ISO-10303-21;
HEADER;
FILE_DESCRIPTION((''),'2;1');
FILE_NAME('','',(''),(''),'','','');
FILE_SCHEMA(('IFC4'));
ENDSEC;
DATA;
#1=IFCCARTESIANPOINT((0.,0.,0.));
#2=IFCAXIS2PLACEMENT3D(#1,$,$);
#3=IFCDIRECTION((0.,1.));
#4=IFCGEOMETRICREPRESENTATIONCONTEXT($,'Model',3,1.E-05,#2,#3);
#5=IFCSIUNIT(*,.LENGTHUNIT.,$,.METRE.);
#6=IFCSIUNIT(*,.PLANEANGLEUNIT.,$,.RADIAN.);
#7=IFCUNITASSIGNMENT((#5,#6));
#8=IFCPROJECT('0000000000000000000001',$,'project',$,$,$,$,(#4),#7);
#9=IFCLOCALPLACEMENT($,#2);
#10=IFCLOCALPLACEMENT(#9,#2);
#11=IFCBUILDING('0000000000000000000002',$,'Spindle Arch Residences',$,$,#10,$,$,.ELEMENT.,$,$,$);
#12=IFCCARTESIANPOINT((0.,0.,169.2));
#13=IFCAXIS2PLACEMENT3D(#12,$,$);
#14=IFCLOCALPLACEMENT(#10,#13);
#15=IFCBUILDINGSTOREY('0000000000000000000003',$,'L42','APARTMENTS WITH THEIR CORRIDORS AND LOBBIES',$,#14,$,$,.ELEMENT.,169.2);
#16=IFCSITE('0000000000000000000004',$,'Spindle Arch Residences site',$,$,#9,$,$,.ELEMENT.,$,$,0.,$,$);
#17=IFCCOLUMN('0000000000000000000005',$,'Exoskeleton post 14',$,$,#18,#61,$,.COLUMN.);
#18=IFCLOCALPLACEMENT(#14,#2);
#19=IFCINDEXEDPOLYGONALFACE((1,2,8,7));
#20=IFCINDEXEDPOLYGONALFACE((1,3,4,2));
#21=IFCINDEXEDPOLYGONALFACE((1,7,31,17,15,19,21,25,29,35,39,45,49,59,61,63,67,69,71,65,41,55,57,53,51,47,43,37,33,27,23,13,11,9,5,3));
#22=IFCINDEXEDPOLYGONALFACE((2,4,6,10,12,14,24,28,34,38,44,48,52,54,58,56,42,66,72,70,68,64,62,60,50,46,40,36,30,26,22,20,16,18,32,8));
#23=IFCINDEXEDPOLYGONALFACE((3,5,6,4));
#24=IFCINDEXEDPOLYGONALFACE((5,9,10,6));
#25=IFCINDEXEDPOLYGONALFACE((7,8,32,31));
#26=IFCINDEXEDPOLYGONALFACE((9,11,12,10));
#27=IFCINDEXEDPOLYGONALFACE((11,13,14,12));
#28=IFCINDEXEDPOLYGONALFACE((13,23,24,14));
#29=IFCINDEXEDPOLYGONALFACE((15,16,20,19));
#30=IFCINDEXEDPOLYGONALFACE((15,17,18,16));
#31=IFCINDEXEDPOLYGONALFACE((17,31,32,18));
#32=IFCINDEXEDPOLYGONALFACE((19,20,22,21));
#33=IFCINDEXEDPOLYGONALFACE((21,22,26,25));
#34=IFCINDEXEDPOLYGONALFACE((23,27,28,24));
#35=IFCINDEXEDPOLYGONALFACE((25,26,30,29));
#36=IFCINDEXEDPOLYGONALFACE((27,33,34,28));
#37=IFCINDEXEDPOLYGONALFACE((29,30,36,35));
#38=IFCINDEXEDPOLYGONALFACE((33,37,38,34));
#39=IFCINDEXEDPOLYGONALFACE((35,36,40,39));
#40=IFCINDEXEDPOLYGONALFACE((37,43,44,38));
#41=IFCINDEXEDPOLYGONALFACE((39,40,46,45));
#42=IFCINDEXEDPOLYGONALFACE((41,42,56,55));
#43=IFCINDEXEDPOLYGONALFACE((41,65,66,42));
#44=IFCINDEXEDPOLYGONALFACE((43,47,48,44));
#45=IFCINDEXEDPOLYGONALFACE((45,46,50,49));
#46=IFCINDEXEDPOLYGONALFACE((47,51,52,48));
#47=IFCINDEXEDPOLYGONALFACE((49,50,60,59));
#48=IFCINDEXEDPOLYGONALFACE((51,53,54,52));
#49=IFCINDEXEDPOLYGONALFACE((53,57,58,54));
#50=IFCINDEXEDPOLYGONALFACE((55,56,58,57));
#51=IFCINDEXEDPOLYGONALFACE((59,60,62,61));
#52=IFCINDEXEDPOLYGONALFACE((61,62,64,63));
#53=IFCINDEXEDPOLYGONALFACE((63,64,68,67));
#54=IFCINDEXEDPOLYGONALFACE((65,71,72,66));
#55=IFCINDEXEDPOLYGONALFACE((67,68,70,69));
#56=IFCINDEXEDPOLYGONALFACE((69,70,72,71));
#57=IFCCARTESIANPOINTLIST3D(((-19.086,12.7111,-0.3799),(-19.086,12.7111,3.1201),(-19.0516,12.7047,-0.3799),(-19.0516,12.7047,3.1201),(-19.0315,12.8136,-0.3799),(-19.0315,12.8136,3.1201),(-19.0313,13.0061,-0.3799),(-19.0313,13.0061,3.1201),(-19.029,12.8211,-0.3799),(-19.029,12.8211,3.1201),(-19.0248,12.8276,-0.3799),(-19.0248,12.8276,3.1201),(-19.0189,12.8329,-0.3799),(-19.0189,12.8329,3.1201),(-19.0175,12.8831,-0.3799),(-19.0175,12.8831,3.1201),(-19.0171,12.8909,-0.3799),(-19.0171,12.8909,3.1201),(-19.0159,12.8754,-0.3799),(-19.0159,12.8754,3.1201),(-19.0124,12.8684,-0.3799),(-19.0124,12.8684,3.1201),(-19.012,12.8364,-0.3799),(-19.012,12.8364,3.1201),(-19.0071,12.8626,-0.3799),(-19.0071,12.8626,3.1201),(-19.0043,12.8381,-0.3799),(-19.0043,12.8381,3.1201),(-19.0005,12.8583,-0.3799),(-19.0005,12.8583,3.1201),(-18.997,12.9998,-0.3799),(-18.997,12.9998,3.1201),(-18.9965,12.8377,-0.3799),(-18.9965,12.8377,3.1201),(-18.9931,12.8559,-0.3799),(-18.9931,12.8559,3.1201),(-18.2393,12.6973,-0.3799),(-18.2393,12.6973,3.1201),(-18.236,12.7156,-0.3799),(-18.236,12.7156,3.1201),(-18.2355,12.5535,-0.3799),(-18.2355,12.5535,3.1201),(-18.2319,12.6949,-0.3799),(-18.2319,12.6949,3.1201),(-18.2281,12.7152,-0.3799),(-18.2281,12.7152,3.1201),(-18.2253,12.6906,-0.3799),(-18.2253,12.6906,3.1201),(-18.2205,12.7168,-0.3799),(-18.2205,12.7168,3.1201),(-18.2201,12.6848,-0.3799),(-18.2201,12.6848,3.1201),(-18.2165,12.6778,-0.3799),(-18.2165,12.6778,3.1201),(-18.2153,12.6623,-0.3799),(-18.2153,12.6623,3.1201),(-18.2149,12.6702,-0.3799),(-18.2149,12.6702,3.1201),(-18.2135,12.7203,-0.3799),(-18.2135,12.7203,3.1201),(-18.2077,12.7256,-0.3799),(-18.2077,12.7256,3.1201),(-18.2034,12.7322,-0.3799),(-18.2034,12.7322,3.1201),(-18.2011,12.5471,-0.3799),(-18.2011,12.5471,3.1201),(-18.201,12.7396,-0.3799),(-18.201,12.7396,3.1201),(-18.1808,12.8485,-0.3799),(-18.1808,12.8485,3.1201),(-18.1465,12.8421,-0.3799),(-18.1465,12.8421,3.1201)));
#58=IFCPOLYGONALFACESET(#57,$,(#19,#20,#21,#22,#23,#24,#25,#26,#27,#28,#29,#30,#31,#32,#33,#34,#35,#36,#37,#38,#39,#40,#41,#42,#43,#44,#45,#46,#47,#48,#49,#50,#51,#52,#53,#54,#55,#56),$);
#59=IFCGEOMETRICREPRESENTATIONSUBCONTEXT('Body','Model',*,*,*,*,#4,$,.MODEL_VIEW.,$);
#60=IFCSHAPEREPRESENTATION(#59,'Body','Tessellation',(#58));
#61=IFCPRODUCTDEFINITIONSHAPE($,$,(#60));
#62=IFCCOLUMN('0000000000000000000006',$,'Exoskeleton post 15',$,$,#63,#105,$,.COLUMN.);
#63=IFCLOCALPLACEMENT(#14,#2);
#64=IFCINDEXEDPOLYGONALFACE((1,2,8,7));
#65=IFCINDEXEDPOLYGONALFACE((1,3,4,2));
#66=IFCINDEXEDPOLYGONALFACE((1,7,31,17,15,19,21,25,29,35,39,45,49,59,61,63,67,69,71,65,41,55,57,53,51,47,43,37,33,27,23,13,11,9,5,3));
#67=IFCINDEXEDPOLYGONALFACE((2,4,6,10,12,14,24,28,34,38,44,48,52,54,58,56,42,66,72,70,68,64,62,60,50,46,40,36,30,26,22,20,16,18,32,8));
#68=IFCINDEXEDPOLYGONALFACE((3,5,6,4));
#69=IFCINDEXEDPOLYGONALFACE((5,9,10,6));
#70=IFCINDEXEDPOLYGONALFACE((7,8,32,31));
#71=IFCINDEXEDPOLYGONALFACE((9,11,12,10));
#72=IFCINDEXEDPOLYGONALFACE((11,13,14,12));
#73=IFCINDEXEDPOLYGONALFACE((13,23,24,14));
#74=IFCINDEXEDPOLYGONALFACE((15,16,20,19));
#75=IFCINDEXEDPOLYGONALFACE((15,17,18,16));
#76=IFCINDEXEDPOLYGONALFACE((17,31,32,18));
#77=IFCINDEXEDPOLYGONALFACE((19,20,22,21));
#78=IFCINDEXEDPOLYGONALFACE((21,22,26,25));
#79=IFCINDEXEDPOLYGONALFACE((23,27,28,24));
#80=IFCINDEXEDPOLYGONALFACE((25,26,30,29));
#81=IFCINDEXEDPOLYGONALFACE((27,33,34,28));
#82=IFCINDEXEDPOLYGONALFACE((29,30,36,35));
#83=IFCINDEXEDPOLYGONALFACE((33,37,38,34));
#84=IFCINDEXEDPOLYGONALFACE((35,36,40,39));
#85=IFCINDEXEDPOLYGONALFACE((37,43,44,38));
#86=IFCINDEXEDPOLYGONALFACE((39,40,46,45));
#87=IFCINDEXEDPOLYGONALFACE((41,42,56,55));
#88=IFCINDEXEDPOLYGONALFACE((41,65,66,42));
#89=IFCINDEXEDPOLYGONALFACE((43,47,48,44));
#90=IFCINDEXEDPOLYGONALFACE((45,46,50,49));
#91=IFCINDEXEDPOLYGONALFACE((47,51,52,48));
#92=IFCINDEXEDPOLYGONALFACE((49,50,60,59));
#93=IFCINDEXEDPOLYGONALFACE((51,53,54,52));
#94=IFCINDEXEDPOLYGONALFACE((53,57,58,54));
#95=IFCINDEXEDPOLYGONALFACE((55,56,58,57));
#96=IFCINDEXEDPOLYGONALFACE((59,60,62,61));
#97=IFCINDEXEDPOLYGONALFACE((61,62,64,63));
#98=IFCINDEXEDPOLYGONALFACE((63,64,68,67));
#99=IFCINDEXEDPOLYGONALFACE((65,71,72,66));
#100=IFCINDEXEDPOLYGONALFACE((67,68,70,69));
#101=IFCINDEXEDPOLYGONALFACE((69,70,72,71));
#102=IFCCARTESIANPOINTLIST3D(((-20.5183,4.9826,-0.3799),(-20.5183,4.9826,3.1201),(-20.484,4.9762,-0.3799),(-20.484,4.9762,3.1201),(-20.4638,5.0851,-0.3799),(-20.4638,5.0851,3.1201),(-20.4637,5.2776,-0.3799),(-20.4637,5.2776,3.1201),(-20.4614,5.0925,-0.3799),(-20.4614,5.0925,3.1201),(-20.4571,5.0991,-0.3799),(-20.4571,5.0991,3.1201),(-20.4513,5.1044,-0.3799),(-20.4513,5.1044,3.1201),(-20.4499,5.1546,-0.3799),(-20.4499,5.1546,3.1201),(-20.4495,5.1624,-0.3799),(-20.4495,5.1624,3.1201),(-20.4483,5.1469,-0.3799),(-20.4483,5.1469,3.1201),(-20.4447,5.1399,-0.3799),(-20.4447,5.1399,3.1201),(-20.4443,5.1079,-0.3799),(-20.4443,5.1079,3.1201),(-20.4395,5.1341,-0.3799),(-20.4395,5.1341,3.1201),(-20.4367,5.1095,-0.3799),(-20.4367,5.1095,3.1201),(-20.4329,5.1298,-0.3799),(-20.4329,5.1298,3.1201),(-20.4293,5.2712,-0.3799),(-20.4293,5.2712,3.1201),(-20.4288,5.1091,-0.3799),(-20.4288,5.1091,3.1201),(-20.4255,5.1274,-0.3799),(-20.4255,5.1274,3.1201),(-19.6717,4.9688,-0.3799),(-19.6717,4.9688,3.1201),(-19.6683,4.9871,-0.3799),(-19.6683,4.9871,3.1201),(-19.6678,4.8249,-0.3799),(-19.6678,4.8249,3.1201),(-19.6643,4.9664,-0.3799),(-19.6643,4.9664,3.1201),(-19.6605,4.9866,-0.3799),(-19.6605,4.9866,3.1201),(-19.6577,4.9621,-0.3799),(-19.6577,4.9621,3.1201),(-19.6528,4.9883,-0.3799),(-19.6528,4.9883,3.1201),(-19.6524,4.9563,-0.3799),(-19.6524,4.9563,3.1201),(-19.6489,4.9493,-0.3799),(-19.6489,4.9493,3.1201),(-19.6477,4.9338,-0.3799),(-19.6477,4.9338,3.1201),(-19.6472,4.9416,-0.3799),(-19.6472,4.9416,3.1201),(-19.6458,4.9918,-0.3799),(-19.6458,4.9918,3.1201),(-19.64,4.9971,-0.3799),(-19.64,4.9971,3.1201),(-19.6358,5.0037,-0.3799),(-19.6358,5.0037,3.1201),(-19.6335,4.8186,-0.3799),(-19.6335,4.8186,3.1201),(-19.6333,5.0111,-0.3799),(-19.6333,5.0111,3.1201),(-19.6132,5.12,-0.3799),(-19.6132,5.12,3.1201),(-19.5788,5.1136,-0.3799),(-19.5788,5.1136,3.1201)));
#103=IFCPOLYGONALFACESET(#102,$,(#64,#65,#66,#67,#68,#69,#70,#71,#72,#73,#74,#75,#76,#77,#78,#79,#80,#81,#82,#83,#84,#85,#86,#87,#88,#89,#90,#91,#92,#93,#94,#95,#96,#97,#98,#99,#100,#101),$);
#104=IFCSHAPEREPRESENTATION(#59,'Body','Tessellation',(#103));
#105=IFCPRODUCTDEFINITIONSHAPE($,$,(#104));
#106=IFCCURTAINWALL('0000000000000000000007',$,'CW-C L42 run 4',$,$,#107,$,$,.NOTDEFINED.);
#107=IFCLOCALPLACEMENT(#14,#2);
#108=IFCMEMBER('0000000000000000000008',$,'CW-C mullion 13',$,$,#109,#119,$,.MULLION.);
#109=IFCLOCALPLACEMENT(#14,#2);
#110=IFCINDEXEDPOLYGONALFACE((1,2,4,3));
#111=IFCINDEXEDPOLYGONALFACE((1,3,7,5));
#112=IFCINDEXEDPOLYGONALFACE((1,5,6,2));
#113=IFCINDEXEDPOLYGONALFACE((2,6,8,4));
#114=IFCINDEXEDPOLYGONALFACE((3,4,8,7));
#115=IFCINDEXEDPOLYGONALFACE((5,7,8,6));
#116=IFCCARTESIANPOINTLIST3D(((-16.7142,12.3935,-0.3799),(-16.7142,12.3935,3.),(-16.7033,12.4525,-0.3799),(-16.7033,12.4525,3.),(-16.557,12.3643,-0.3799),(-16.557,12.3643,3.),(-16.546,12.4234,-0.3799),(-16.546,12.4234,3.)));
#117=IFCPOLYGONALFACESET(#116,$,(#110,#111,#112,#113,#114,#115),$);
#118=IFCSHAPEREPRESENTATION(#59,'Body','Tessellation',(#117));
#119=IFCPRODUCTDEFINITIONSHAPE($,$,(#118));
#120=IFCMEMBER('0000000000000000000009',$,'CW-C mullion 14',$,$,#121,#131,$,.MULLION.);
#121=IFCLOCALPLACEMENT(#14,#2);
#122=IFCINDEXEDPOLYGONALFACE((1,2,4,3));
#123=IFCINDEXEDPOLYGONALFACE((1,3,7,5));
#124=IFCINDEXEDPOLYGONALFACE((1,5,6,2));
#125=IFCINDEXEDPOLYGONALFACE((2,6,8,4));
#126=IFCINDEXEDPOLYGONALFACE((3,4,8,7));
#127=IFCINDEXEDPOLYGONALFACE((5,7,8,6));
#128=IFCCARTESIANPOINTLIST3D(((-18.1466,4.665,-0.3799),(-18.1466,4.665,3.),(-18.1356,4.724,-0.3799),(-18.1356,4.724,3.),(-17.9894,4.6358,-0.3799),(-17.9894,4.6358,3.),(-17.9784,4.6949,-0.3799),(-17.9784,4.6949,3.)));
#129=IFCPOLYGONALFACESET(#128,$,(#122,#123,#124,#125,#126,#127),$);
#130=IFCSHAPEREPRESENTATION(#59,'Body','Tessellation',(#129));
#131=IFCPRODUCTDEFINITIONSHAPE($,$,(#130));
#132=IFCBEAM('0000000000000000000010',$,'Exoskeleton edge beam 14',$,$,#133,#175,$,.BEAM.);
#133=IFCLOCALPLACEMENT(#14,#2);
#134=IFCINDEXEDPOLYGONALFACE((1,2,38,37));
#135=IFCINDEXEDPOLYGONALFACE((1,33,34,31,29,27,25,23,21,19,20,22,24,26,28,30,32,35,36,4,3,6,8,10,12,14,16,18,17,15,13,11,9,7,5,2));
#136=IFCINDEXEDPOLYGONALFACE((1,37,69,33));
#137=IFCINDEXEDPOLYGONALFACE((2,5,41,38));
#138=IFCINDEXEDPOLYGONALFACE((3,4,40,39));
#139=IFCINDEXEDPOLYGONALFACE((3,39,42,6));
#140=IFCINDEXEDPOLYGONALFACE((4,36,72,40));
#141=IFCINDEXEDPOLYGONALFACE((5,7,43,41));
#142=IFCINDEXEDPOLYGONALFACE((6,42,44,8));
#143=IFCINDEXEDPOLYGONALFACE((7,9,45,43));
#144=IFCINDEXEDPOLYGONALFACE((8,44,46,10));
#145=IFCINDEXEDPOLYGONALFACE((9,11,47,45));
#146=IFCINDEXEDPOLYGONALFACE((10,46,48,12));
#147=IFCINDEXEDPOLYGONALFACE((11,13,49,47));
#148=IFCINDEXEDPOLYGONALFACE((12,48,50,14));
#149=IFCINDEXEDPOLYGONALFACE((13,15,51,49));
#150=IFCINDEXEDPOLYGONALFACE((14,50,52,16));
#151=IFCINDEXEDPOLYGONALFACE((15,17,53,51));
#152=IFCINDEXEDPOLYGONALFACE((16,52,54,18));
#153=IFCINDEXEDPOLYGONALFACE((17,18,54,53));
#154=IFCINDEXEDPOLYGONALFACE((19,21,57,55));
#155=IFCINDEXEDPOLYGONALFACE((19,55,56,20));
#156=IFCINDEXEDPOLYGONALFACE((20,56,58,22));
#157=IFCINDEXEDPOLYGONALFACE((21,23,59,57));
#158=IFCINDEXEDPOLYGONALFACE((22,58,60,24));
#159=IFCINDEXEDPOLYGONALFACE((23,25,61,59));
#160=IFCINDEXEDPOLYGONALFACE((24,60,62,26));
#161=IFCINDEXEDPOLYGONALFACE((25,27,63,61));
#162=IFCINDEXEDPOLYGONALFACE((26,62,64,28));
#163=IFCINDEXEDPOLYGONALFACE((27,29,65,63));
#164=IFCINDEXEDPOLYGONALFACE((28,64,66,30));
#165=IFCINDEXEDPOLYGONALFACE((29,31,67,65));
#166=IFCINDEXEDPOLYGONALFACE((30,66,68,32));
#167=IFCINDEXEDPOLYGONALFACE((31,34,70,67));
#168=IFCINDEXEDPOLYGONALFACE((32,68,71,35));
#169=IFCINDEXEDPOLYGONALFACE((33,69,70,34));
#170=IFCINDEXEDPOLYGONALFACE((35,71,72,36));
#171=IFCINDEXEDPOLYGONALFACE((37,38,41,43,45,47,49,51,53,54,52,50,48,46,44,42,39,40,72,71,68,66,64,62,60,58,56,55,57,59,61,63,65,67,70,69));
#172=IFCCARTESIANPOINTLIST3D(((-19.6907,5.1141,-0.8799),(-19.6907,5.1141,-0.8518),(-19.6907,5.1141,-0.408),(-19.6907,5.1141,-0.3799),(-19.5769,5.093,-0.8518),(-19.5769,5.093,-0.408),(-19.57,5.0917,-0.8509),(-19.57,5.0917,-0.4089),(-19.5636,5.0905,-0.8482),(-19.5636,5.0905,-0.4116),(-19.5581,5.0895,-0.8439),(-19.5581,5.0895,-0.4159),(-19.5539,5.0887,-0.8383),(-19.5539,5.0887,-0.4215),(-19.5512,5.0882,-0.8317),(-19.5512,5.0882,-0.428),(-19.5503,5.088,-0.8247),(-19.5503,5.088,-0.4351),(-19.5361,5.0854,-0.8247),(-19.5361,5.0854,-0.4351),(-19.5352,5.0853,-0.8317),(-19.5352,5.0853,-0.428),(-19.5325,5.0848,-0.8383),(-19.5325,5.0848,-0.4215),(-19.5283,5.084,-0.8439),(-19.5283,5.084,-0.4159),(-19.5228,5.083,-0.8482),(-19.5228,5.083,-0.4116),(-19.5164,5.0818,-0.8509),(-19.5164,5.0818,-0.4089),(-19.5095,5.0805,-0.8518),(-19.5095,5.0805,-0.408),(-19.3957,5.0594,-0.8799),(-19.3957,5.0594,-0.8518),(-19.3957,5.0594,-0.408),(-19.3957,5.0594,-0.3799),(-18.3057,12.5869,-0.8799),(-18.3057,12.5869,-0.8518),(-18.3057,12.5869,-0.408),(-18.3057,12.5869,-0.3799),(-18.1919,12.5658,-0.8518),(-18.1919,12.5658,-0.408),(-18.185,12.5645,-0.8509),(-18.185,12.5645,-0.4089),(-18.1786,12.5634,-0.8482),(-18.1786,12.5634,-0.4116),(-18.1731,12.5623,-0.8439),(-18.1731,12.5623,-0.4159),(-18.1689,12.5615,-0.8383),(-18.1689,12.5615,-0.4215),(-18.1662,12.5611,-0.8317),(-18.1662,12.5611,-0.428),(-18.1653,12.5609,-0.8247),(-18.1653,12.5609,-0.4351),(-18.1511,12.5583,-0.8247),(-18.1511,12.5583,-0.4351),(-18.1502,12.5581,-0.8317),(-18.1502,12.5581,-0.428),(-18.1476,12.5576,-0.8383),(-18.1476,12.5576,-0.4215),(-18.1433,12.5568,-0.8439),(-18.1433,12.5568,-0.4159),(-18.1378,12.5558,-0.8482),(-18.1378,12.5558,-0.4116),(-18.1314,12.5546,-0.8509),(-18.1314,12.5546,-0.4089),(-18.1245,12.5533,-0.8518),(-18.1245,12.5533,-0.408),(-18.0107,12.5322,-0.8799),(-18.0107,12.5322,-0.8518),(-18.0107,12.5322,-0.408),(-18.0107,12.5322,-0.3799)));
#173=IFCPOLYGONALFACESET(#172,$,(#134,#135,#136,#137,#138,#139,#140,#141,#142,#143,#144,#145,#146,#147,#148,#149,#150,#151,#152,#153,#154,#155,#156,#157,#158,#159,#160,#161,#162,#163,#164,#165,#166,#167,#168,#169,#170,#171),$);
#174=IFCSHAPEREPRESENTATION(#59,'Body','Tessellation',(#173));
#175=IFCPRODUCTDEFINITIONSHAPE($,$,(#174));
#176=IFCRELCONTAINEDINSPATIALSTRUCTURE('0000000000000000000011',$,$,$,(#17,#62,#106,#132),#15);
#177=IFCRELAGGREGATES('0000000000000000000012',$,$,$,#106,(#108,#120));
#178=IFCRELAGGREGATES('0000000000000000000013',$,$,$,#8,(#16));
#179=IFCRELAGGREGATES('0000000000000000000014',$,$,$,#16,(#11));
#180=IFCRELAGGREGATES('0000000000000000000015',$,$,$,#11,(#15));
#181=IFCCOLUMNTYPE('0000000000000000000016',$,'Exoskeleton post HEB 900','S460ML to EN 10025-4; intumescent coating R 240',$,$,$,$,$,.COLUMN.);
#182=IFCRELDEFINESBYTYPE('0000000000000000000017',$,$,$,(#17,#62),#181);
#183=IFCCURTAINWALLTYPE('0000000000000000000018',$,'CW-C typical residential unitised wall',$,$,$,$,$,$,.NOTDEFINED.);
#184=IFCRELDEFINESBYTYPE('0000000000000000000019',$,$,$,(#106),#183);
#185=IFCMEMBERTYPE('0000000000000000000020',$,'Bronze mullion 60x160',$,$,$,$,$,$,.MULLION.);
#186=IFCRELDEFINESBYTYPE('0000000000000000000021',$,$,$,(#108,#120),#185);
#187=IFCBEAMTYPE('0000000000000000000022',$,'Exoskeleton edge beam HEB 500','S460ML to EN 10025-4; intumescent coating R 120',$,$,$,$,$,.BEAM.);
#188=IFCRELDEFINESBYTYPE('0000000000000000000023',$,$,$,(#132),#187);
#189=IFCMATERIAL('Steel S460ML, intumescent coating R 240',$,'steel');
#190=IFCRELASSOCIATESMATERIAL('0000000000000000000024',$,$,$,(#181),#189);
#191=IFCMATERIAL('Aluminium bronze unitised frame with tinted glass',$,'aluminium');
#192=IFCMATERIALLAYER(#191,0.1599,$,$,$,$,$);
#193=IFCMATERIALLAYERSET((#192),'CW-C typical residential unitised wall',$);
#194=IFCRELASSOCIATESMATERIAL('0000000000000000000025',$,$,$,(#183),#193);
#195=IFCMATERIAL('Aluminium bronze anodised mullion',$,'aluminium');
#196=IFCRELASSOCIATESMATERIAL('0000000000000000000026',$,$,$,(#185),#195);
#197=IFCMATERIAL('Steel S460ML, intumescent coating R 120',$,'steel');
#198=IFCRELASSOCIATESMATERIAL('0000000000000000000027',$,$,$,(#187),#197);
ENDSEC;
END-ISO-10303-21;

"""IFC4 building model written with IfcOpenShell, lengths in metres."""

from ifc_helpers import new_model, si_unit, direction, frame, origin, origin_2d, place, context, subcontext, project, spatial, rectangle, i_section, extrude, material, layer, layer_set, material_profile, profile_set, type_object, element, aggregate, save


model = new_model("IFC4")

# Units and contexts
model_context = context("Model", 3, precision=1e-05, world=origin(), true_north=direction((0.0, 1.0)))
body_context = subcontext(model_context, "Body", "Model", "MODEL_VIEW")
ifc_project = project(units=[si_unit("LENGTHUNIT", "METRE"), si_unit("PLANEANGLEUNIT", "RADIAN")], contexts=[model_context])

# Site, building, storey
site_placement = place(None, origin())
site = spatial("IfcSite", under=ifc_project, at=site_placement, Name="Spindle Arch Residences site", CompositionType="ELEMENT", RefElevation=0.0)
building_placement = place(site_placement, origin())
building = spatial("IfcBuilding", under=site, at=building_placement, Name="Spindle Arch Residences", CompositionType="ELEMENT")
storey_placement = place(building_placement, frame((0.0, 0.0, 169.2)))
storey = spatial("IfcBuildingStorey", under=building, at=storey_placement, Name="L42", Description="APARTMENTS WITH THEIR CORRIDORS AND LOBBIES", CompositionType="ELEMENT", Elevation=169.2)

# Columns
ifc_material_1 = material(Name="Steel S460ML, intumescent coating R 240", Category="steel")
ifc_material_profile_1 = material_profile(ifc_material_1, i_section(OverallWidth=0.3, OverallDepth=0.8999, WebThickness=0.0186, FlangeThickness=0.0349, FilletRadius=0.03, at=origin_2d()), Name="HEB 900")
ifc_profile_set_1 = profile_set([ifc_material_profile_1], Name="Steel S460ML, intumescent coating R 240")
column_type = type_object("IfcColumnType", Name="Exoskeleton post HEB 900", Description="S460ML to EN 10025-4; intumescent coating R 240", PredefinedType="COLUMN", material=ifc_profile_set_1)
for number, where, z_axis, x_axis, name in (
    (1, (-18.6162, 12.7766, -0.3799), (0.0, 0.0, 1.0), (0.182236, 0.983255, 0.0), "Exoskeleton post 14"),
    (2, (-20.0486, 5.0481, -0.3799), (0.0, 0.0, 1.0), (0.182236, 0.983255, 0.0), "Exoskeleton post 15"),
):
    element("IfcColumn", number, at=place(storey_placement, frame(where, z_axis=z_axis, x_axis=x_axis)), inside=storey, type_object=column_type, Name=name, PredefinedType="COLUMN", context=body_context, shape_type="SweptSolid", body=[
        extrude(i_section(OverallWidth=0.3, OverallDepth=0.8999, WebThickness=0.0186, FlangeThickness=0.0349, FilletRadius=0.03, at=origin_2d()), origin(), (0.0, 0.0, 1.0), 3.5),
    ])

# Curtain wall, members
ifc_material_2 = material(Name="Aluminium bronze unitised frame with tinted glass", Category="aluminium")
ifc_layer_1 = layer(ifc_material_2, 0.1599)
ifc_layer_set_1 = layer_set([ifc_layer_1], Name="CW-C typical residential unitised wall")
curtain_wall_type = type_object("IfcCurtainWallType", Name="CW-C typical residential unitised wall", PredefinedType="NOTDEFINED", material=ifc_layer_set_1)
curtain_wall_placement = place(storey_placement, origin())
curtain_wall = element("IfcCurtainWall", 3, at=curtain_wall_placement, inside=storey, type_object=curtain_wall_type, Name="CW-C L42 run 4", PredefinedType="NOTDEFINED")
ifc_material_3 = material(Name="Aluminium bronze anodised mullion", Category="aluminium")
ifc_material_profile_2 = material_profile(ifc_material_3, rectangle(XDim=0.1599, YDim=0.0601, at=origin_2d()), Name="MU 60x160")
ifc_profile_set_2 = profile_set([ifc_material_profile_2], Name="Aluminium bronze anodised mullion")
member_type = type_object("IfcMemberType", Name="Bronze mullion 60x160", PredefinedType="MULLION", material=ifc_profile_set_2)
member_1_placement = place(storey_placement, frame((-16.6301, 12.4084, -0.3799), z_axis=(0.0, 0.0, 1.0), x_axis=(0.983255, -0.182236, 0.0)))
member_1 = element("IfcMember", 4, at=member_1_placement, type_object=member_type, Name="CW-C mullion 13", PredefinedType="MULLION", context=body_context, shape_type="SweptSolid", body=[
    extrude(rectangle(XDim=0.1599, YDim=0.0601, at=origin_2d()), origin(), (0.0, 0.0, 1.0), 3.3799),
])
member_2_placement = place(storey_placement, frame((-18.0625, 4.6799, -0.3799), z_axis=(0.0, 0.0, 1.0), x_axis=(0.983255, -0.182236, 0.0)))
member_2 = element("IfcMember", 5, at=member_2_placement, type_object=member_type, Name="CW-C mullion 14", PredefinedType="MULLION", context=body_context, shape_type="SweptSolid", body=[
    extrude(rectangle(XDim=0.1599, YDim=0.0601, at=origin_2d()), origin(), (0.0, 0.0, 1.0), 3.3799),
])

# Beam
ifc_material_4 = material(Name="Steel S460ML, intumescent coating R 120", Category="steel")
ifc_material_profile_3 = material_profile(ifc_material_4, i_section(OverallWidth=0.3, OverallDepth=0.5, WebThickness=0.0144, FlangeThickness=0.0281, FilletRadius=0.0271, at=origin_2d()), Name="HEB 500")
ifc_profile_set_3 = profile_set([ifc_material_profile_3], Name="Steel S460ML, intumescent coating R 120")
beam_type_1 = type_object("IfcBeamType", Name="Exoskeleton edge beam HEB 500", Description="S460ML to EN 10025-4; intumescent coating R 120", PredefinedType="BEAM", material=ifc_profile_set_3)
for number, where, z_axis, x_axis, name in (
    (6, (-18.1582, 12.5596, -0.6299), (-0.182234, -0.983255, 0.0), (0.983255, -0.182234, 0.0), "Exoskeleton edge beam 14"),
):
    element("IfcBeam", number, at=place(storey_placement, frame(where, z_axis=z_axis, x_axis=x_axis)), inside=storey, type_object=beam_type_1, Name=name, PredefinedType="BEAM", context=body_context, shape_type="SweptSolid", body=[
        extrude(i_section(OverallWidth=0.3, OverallDepth=0.5, WebThickness=0.0144, FlangeThickness=0.0281, FilletRadius=0.0271, at=origin_2d()), origin(), (0.0, 0.0, 1.0), 7.6001),
    ])

aggregate(curtain_wall, [member_1, member_2])

save(model, "model.ifc")
